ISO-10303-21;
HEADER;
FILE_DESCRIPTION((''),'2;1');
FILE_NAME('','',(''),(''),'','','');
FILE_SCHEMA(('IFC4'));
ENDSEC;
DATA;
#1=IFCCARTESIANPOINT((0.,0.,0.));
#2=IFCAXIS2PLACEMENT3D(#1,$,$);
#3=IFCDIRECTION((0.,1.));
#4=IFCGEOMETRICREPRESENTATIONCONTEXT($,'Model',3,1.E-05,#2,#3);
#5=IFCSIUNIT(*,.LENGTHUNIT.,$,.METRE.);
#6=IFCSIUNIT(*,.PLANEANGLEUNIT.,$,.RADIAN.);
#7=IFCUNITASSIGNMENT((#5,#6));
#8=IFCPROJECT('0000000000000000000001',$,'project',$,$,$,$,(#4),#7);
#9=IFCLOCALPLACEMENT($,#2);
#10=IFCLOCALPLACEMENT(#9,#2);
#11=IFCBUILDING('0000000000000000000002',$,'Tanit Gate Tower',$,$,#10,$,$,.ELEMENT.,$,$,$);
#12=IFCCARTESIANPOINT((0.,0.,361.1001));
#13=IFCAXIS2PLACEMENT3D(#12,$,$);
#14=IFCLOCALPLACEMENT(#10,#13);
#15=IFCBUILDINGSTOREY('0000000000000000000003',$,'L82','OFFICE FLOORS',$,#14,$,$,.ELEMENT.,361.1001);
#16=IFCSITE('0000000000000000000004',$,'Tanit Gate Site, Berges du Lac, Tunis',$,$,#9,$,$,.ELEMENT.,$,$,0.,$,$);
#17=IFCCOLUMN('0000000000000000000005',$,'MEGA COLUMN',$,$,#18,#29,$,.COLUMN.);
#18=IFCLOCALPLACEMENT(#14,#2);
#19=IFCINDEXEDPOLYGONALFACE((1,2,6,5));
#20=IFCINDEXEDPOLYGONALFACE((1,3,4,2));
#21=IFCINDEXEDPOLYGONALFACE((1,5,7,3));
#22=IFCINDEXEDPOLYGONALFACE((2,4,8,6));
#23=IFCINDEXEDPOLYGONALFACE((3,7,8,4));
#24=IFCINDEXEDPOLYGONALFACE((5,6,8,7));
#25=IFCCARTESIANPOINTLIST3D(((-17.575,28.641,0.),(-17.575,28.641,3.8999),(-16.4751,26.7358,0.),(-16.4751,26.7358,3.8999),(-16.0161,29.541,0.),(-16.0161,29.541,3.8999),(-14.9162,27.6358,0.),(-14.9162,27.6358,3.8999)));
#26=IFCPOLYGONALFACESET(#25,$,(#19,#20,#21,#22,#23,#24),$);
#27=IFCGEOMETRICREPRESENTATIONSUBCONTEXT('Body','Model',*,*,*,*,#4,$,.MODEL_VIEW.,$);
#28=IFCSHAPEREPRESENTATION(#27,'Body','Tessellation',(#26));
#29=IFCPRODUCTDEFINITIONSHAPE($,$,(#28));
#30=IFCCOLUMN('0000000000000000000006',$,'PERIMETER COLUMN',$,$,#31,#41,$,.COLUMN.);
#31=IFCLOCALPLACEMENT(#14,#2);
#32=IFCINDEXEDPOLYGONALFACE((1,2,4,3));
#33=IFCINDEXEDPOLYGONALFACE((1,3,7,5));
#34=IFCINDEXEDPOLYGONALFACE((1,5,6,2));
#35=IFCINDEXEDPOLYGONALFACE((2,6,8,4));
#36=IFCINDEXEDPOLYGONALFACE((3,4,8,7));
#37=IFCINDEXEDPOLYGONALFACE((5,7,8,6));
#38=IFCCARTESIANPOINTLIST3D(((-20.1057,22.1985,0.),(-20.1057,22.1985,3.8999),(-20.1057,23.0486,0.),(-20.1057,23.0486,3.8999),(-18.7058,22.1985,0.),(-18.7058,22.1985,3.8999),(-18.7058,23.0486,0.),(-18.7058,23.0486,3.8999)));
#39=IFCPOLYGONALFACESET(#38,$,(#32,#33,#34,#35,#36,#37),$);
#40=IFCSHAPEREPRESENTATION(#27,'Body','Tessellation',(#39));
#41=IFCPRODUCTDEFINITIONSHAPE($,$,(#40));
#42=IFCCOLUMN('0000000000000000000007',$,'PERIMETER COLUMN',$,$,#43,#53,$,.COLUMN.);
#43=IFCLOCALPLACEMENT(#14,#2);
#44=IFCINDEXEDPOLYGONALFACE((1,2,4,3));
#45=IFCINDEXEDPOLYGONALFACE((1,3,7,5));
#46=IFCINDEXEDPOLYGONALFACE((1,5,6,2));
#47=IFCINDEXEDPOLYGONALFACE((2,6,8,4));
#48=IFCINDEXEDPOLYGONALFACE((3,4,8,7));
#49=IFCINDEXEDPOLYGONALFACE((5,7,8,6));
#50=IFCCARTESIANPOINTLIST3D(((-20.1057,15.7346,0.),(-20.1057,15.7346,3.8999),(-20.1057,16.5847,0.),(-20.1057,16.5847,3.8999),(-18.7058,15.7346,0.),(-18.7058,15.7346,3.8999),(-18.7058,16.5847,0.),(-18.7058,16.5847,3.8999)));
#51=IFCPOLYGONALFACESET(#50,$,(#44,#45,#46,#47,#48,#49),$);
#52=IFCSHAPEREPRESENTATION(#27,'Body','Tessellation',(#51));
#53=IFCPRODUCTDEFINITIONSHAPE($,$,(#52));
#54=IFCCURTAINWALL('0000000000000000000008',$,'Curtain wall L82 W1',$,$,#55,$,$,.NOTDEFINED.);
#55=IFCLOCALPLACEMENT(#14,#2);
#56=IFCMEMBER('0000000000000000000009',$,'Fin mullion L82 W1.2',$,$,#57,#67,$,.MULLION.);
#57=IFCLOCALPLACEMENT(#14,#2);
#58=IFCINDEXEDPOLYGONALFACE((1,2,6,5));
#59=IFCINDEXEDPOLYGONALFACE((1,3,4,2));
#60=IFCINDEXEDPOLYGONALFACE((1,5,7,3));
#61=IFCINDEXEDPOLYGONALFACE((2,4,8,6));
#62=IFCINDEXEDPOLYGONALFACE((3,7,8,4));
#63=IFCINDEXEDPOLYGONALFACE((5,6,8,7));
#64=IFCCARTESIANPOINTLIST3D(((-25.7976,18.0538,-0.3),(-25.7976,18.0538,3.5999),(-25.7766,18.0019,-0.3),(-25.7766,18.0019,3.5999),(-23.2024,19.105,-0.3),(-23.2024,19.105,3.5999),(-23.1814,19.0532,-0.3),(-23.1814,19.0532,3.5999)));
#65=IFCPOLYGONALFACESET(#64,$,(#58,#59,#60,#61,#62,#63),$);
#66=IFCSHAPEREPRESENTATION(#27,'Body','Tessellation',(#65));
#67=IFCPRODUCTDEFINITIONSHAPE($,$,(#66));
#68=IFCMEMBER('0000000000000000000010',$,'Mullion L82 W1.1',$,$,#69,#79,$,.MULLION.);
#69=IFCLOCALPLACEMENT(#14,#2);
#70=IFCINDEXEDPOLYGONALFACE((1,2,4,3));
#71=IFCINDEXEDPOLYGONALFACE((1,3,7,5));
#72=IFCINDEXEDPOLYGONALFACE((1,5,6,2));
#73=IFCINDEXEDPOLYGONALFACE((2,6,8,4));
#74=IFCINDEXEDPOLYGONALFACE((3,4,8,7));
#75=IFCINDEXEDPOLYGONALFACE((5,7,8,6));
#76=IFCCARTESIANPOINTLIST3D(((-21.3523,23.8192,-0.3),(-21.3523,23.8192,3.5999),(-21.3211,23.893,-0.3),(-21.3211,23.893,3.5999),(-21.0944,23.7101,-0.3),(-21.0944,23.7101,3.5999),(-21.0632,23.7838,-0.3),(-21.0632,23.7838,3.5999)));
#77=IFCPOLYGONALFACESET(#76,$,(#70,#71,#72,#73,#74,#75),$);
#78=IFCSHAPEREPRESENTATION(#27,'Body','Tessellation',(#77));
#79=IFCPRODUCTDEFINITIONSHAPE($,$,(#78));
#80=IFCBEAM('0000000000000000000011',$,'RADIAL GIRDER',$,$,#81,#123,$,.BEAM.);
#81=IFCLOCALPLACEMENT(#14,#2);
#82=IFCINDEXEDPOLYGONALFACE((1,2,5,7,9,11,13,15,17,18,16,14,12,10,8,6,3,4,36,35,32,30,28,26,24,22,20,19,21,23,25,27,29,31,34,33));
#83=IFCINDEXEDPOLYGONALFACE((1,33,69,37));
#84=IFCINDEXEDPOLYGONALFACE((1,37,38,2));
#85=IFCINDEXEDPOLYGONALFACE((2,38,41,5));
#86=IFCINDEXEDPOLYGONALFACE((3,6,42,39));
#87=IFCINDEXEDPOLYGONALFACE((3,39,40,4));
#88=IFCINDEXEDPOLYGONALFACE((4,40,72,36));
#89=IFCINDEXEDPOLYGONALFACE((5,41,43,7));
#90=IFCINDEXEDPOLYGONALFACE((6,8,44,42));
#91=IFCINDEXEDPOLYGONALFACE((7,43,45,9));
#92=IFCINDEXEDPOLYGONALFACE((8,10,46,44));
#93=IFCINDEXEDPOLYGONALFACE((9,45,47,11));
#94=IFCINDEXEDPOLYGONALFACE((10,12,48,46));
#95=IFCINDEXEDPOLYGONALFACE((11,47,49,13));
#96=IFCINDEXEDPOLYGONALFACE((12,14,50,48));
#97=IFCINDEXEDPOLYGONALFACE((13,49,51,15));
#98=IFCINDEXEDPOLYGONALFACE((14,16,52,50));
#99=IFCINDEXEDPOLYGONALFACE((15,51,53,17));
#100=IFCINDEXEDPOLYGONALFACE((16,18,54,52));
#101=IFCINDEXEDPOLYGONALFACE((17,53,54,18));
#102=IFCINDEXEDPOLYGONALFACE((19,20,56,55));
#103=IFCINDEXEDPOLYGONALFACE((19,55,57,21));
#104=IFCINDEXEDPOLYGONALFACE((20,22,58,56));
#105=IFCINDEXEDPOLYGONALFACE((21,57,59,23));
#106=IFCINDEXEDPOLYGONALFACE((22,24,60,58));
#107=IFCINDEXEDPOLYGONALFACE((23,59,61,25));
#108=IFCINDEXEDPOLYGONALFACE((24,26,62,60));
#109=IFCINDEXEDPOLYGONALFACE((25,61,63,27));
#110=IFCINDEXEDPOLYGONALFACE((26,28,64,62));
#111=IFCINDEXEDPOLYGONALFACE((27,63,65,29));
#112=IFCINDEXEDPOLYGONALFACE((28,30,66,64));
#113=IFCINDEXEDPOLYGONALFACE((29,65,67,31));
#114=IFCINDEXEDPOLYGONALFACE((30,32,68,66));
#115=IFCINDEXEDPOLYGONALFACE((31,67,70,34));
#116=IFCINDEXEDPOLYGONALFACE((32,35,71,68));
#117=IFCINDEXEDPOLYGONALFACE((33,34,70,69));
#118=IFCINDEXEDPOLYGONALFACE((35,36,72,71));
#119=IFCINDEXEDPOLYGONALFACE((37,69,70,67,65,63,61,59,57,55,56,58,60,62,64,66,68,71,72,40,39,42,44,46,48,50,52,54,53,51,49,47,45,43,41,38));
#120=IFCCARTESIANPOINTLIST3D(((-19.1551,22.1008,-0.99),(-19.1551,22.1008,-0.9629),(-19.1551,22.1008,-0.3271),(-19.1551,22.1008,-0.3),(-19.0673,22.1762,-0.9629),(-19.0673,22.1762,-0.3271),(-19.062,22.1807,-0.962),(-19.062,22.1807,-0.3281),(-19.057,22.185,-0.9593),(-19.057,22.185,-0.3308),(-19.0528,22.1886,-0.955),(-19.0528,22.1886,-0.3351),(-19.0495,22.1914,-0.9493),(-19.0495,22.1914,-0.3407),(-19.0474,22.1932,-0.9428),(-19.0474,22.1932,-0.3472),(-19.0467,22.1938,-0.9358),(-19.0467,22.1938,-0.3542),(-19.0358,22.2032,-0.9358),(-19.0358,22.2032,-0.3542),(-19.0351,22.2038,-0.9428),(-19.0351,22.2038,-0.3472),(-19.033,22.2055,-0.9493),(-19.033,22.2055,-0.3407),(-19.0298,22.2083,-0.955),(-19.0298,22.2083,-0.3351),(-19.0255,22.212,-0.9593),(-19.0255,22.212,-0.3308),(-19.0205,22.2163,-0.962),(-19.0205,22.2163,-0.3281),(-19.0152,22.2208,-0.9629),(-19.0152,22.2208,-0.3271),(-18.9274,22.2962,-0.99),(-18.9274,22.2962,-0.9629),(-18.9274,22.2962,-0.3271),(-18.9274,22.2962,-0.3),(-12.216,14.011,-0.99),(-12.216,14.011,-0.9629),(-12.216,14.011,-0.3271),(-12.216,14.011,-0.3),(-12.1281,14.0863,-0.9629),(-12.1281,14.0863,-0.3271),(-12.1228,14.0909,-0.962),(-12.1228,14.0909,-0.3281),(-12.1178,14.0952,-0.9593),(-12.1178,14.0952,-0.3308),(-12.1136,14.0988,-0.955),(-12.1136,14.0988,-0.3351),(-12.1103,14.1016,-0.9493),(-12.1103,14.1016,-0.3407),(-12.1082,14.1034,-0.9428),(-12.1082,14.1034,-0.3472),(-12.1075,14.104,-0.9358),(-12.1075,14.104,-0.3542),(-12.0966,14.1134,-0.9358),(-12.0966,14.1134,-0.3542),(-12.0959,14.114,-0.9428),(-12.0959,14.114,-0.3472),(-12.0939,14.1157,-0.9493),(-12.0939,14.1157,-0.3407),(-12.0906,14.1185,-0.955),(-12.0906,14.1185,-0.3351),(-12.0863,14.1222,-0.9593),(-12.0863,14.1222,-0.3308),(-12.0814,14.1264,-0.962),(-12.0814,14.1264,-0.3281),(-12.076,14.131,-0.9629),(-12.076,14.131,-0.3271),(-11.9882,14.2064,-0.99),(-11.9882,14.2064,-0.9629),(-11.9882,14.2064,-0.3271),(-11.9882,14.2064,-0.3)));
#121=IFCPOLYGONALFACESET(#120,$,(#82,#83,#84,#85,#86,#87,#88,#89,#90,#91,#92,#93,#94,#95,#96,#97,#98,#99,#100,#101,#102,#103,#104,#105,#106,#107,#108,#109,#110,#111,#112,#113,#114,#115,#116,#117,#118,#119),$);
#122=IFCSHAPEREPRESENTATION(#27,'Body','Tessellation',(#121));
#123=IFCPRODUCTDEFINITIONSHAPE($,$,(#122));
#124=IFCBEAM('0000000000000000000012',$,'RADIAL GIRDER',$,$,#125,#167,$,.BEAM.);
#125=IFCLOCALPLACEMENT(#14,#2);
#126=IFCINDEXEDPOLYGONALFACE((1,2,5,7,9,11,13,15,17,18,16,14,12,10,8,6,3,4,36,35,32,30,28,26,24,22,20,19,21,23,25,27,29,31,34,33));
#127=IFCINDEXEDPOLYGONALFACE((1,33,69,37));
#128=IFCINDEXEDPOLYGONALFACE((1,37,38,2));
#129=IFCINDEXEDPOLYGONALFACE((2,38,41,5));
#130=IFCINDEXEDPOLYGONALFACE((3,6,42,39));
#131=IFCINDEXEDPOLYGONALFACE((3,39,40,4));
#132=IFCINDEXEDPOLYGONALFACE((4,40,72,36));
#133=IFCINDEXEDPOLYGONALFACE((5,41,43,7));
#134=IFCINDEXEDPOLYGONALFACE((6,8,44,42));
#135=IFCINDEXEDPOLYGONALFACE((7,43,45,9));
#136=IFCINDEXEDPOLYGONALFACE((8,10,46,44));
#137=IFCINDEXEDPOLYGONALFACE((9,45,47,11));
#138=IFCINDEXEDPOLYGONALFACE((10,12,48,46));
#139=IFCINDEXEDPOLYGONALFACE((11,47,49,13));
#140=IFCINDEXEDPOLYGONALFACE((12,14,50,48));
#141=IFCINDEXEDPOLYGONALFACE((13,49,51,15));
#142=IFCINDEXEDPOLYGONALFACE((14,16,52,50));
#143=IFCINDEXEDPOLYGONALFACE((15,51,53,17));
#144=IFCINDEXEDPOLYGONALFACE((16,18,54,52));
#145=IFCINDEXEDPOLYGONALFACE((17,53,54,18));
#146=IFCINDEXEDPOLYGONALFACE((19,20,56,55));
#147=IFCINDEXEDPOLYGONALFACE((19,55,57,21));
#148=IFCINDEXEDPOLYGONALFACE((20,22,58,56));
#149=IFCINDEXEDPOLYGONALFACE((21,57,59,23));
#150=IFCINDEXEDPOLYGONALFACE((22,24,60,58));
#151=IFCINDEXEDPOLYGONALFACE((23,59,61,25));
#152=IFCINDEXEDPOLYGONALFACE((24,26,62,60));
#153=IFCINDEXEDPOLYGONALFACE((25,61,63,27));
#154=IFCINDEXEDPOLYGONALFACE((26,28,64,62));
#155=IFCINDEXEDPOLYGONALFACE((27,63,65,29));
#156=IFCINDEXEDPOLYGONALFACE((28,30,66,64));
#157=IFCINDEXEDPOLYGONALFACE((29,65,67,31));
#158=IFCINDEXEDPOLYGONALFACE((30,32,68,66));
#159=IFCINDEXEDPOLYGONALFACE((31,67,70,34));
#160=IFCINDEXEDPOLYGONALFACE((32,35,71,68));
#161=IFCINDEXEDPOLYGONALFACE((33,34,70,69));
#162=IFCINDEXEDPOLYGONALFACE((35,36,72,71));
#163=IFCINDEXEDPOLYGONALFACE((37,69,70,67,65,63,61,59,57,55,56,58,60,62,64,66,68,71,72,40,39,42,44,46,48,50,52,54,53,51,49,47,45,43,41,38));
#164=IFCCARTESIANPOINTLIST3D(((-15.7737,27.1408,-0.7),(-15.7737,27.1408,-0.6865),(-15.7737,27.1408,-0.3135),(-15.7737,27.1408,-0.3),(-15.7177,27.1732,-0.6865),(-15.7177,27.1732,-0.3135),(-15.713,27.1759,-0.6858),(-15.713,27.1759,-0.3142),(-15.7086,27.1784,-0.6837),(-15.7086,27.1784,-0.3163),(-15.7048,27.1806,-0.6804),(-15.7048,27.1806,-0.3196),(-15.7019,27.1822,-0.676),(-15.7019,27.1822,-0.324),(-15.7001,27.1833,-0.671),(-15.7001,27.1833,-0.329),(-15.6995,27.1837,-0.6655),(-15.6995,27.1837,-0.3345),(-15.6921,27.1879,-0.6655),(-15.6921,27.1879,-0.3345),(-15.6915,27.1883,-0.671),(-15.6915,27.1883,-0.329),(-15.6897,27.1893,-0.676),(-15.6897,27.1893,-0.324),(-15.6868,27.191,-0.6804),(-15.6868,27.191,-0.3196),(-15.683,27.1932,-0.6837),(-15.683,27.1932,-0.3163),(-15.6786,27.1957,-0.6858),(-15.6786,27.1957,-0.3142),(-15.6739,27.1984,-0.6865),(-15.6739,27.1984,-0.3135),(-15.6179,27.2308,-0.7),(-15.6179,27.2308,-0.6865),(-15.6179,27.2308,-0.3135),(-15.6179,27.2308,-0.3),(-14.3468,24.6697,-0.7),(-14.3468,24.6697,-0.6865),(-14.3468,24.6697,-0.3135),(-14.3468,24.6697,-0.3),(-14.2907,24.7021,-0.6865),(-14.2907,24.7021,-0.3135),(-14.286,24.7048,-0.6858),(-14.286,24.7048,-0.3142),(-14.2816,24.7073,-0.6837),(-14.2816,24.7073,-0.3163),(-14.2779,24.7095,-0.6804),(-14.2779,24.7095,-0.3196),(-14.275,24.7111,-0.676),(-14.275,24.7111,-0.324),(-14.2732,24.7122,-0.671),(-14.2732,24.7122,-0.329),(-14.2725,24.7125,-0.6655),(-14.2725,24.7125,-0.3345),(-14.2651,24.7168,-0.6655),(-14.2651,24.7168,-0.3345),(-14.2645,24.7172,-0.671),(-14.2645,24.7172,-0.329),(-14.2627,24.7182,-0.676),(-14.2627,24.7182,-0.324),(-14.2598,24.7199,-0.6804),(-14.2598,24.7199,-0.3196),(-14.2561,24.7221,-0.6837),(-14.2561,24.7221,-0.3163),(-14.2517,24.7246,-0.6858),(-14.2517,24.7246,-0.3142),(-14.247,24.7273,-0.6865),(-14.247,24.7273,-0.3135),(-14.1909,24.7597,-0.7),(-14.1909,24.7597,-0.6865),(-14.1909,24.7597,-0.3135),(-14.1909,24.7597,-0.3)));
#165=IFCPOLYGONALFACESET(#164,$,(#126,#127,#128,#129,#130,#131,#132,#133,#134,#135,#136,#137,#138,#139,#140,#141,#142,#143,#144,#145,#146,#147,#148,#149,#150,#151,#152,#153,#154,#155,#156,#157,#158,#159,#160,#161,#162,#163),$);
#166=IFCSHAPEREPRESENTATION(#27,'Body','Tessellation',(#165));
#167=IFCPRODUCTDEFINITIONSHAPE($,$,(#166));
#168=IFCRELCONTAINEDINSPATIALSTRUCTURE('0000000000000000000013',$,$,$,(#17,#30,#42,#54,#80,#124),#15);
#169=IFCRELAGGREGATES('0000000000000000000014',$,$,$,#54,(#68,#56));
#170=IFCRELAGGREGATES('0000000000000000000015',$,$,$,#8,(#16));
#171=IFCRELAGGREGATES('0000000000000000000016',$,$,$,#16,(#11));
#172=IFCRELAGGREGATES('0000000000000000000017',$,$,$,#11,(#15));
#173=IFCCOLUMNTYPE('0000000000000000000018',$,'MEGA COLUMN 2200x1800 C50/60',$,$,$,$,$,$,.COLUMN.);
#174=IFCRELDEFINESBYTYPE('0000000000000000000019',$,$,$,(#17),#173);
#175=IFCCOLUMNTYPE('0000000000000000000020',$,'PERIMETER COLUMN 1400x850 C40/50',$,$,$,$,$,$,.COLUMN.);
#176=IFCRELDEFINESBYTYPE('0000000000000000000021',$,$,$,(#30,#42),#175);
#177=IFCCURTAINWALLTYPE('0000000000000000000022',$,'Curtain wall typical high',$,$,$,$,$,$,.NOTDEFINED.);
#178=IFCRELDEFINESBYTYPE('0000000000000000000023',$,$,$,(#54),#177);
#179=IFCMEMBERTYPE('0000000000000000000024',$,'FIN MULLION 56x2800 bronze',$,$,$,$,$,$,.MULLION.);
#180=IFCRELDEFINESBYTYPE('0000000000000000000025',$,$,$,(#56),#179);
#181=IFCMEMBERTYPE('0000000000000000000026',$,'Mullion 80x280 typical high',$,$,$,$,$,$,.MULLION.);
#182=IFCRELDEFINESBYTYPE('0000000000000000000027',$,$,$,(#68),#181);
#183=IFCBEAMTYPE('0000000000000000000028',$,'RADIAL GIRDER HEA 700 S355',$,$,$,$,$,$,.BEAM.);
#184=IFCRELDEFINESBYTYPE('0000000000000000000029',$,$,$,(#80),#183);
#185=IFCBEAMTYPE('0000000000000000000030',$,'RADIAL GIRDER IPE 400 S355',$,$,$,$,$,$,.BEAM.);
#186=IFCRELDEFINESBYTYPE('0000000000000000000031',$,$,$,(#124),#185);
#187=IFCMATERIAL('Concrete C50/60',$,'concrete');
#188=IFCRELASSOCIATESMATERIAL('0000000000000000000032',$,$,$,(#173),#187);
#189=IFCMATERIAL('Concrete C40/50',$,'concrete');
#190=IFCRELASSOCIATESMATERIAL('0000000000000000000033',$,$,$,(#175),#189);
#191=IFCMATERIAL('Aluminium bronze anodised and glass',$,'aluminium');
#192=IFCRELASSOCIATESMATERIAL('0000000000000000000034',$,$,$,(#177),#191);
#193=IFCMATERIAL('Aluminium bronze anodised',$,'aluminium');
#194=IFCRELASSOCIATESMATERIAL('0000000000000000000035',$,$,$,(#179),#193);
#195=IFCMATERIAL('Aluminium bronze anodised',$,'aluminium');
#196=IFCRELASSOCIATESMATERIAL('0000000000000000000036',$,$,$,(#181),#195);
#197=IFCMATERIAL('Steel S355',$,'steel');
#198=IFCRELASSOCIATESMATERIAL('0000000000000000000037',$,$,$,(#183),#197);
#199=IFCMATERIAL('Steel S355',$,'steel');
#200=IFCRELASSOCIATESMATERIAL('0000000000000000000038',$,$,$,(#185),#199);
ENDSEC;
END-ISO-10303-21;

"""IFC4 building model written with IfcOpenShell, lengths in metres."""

from ifc_helpers import new_model, si_unit, direction, frame, origin, origin_2d, place, context, subcontext, project, spatial, rectangle, i_section, extrude, material, material_profile, profile_set, type_object, element, aggregate, save


model = new_model("IFC4")

# Units and contexts
model_context = context("Model", 3, precision=1e-05, world=origin(), true_north=direction((0.0, 1.0)))
body_context = subcontext(model_context, "Body", "Model", "MODEL_VIEW")
ifc_project = project(units=[si_unit("LENGTHUNIT", "METRE"), si_unit("PLANEANGLEUNIT", "RADIAN")], contexts=[model_context])

# Site, building, storey
site_placement = place(None, origin())
site = spatial("IfcSite", under=ifc_project, at=site_placement, Name="Tanit Gate Site, Berges du Lac, Tunis", CompositionType="ELEMENT", RefElevation=0.0)
building_placement = place(site_placement, origin())
building = spatial("IfcBuilding", under=site, at=building_placement, Name="Tanit Gate Tower", CompositionType="ELEMENT")
storey_placement = place(building_placement, frame((0.0, 0.0, 361.1001)))
storey = spatial("IfcBuildingStorey", under=building, at=storey_placement, Name="L82", Description="OFFICE FLOORS", CompositionType="ELEMENT", Elevation=361.1001)

# Columns
ifc_material_1 = material(Name="Concrete C50/60", Category="concrete")
ifc_material_profile_1 = material_profile(ifc_material_1, rectangle(XDim=2.2, YDim=1.8, at=origin_2d()), Name="RC 2200x1800")
ifc_profile_set_1 = profile_set([ifc_material_profile_1], Name="Concrete C50/60")
column_type_1 = type_object("IfcColumnType", Name="MEGA COLUMN 2200x1800 C50/60", PredefinedType="COLUMN", material=ifc_profile_set_1)
column_placement = place(storey_placement, frame((-16.2456, 28.1384, 0.0), z_axis=(0.0, 0.0, 1.0), x_axis=(-0.5, 0.866025, 0.0)))
element("IfcColumn", 1, at=column_placement, inside=storey, type_object=column_type_1, Name="MEGA COLUMN", PredefinedType="COLUMN", context=body_context, shape_type="SweptSolid", body=[
    extrude(rectangle(XDim=2.2, YDim=1.8, at=origin_2d()), origin(), (0.0, 0.0, 1.0), 3.8999),
])
ifc_material_2 = material(Name="Concrete C40/50", Category="concrete")
ifc_material_profile_2 = material_profile(ifc_material_2, rectangle(XDim=1.3999, YDim=0.8501, at=origin_2d()), Name="RC 1400x850")
ifc_profile_set_2 = profile_set([ifc_material_profile_2], Name="Concrete C40/50")
column_type_2 = type_object("IfcColumnType", Name="PERIMETER COLUMN 1400x850 C40/50", PredefinedType="COLUMN", material=ifc_profile_set_2)
for number, where, z_axis, x_axis, name in (
    (2, (-19.4058, 22.6235, 0.0), (0.0, 0.0, 1.0), (-1.0, 0.0, 0.0), "PERIMETER COLUMN"),
    (3, (-19.4058, 16.1597, 0.0), (0.0, 0.0, 1.0), (-1.0, 0.0, 0.0), "PERIMETER COLUMN"),
):
    element("IfcColumn", number, at=place(storey_placement, frame(where, z_axis=z_axis, x_axis=x_axis)), inside=storey, type_object=column_type_2, Name=name, PredefinedType="COLUMN", context=body_context, shape_type="SweptSolid", body=[
        extrude(rectangle(XDim=1.3999, YDim=0.8501, at=origin_2d()), origin(), (0.0, 0.0, 1.0), 3.8999),
    ])

# Curtain wall, members
ifc_material_3 = material(Name="Aluminium bronze anodised and glass", Category="aluminium")
curtain_wall_type = type_object("IfcCurtainWallType", Name="Curtain wall typical high", PredefinedType="NOTDEFINED", material=ifc_material_3)
curtain_wall_placement = place(storey_placement, origin())
curtain_wall = element("IfcCurtainWall", 4, at=curtain_wall_placement, inside=storey, type_object=curtain_wall_type, Name="Curtain wall L82 W1", PredefinedType="NOTDEFINED")
ifc_material_4 = material(Name="Aluminium bronze anodised", Category="aluminium")
ifc_material_profile_3 = material_profile(ifc_material_4, rectangle(XDim=2.8, YDim=0.0559, at=origin_2d()), Name="56x2800 bronze fin mullion")
ifc_profile_set_3 = profile_set([ifc_material_profile_3], Name="Aluminium bronze anodised")
member_type_1 = type_object("IfcMemberType", Name="FIN MULLION 56x2800 bronze", PredefinedType="MULLION", material=ifc_profile_set_3)
member_1_placement = place(storey_placement, frame((-24.4895, 18.5535, -0.3), z_axis=(0.0, 0.0, 1.0), x_axis=(0.926848, 0.375438, 0.0)))
member_1 = element("IfcMember", 5, at=member_1_placement, type_object=member_type_1, Name="Fin mullion L82 W1.2", PredefinedType="MULLION", context=body_context, shape_type="SweptSolid", body=[
    extrude(rectangle(XDim=2.8, YDim=0.0559, at=origin_2d()), origin(), (0.0, 0.0, 1.0), 3.8999),
])
ifc_material_5 = material(Name="Aluminium bronze anodised", Category="aluminium")
ifc_material_profile_4 = material_profile(ifc_material_5, rectangle(XDim=0.28, YDim=0.0801, at=origin_2d()), Name="80x280 bronze mullion")
ifc_profile_set_4 = profile_set([ifc_material_profile_4], Name="Aluminium bronze anodised")
member_type_2 = type_object("IfcMemberType", Name="Mullion 80x280 typical high", PredefinedType="MULLION", material=ifc_profile_set_4)
member_2_placement = place(storey_placement, frame((-21.2078, 23.8015, -0.3), z_axis=(0.0, 0.0, 1.0), x_axis=(0.920855, -0.389906, 0.0)))
member_2 = element("IfcMember", 6, at=member_2_placement, type_object=member_type_2, Name="Mullion L82 W1.1", PredefinedType="MULLION", context=body_context, shape_type="SweptSolid", body=[
    extrude(rectangle(XDim=0.28, YDim=0.0801, at=origin_2d()), origin(), (0.0, 0.0, 1.0), 3.8999),
])

# Beams
ifc_material_6 = material(Name="Steel S355", Category="steel")
ifc_material_profile_5 = material_profile(ifc_material_6, i_section(OverallWidth=0.3, OverallDepth=0.6899, WebThickness=0.0144, FlangeThickness=0.0271, FilletRadius=0.0271, at=origin_2d()), Name="HEA 700")
ifc_profile_set_5 = profile_set([ifc_material_profile_5], Name="Steel S355")
beam_type_1 = type_object("IfcBeamType", Name="RADIAL GIRDER HEA 700 S355", PredefinedType="BEAM", material=ifc_profile_set_5)
beam_1_placement = place(storey_placement, frame((-19.0413, 22.1985, -0.645), z_axis=(0.651065, -0.759022, 0.0), x_axis=(0.759022, 0.651065, 0.0)))
element("IfcBeam", 7, at=beam_1_placement, inside=storey, type_object=beam_type_1, Name="RADIAL GIRDER", PredefinedType="BEAM", context=body_context, shape_type="SweptSolid", body=[
    extrude(i_section(OverallWidth=0.3, OverallDepth=0.6899, WebThickness=0.0144, FlangeThickness=0.0271, FilletRadius=0.0271, at=origin_2d()), origin(), (0.0, 0.0, 1.0), 10.6582),
])
ifc_material_7 = material(Name="Steel S355", Category="steel")
ifc_material_profile_6 = material_profile(ifc_material_7, i_section(OverallWidth=0.1799, OverallDepth=0.3999, WebThickness=0.0085, FlangeThickness=0.0134, FilletRadius=0.021, at=origin_2d()), Name="IPE 400")
ifc_profile_set_6 = profile_set([ifc_material_profile_6], Name="Steel S355")
beam_type_2 = type_object("IfcBeamType", Name="RADIAL GIRDER IPE 400 S355", PredefinedType="BEAM", material=ifc_profile_set_6)
beam_2_placement = place(storey_placement, frame((-15.6958, 27.1858, -0.5), z_axis=(0.500068, -0.865986, 0.0), x_axis=(0.865986, 0.500068, 0.0)))
element("IfcBeam", 8, at=beam_2_placement, inside=storey, type_object=beam_type_2, Name="RADIAL GIRDER", PredefinedType="BEAM", context=body_context, shape_type="SweptSolid", body=[
    extrude(i_section(OverallWidth=0.1799, OverallDepth=0.3999, WebThickness=0.0085, FlangeThickness=0.0134, FilletRadius=0.021, at=origin_2d()), origin(), (0.0, 0.0, 1.0), 2.8535),
])

aggregate(curtain_wall, [member_2, member_1])

save(model, "model.ifc")
